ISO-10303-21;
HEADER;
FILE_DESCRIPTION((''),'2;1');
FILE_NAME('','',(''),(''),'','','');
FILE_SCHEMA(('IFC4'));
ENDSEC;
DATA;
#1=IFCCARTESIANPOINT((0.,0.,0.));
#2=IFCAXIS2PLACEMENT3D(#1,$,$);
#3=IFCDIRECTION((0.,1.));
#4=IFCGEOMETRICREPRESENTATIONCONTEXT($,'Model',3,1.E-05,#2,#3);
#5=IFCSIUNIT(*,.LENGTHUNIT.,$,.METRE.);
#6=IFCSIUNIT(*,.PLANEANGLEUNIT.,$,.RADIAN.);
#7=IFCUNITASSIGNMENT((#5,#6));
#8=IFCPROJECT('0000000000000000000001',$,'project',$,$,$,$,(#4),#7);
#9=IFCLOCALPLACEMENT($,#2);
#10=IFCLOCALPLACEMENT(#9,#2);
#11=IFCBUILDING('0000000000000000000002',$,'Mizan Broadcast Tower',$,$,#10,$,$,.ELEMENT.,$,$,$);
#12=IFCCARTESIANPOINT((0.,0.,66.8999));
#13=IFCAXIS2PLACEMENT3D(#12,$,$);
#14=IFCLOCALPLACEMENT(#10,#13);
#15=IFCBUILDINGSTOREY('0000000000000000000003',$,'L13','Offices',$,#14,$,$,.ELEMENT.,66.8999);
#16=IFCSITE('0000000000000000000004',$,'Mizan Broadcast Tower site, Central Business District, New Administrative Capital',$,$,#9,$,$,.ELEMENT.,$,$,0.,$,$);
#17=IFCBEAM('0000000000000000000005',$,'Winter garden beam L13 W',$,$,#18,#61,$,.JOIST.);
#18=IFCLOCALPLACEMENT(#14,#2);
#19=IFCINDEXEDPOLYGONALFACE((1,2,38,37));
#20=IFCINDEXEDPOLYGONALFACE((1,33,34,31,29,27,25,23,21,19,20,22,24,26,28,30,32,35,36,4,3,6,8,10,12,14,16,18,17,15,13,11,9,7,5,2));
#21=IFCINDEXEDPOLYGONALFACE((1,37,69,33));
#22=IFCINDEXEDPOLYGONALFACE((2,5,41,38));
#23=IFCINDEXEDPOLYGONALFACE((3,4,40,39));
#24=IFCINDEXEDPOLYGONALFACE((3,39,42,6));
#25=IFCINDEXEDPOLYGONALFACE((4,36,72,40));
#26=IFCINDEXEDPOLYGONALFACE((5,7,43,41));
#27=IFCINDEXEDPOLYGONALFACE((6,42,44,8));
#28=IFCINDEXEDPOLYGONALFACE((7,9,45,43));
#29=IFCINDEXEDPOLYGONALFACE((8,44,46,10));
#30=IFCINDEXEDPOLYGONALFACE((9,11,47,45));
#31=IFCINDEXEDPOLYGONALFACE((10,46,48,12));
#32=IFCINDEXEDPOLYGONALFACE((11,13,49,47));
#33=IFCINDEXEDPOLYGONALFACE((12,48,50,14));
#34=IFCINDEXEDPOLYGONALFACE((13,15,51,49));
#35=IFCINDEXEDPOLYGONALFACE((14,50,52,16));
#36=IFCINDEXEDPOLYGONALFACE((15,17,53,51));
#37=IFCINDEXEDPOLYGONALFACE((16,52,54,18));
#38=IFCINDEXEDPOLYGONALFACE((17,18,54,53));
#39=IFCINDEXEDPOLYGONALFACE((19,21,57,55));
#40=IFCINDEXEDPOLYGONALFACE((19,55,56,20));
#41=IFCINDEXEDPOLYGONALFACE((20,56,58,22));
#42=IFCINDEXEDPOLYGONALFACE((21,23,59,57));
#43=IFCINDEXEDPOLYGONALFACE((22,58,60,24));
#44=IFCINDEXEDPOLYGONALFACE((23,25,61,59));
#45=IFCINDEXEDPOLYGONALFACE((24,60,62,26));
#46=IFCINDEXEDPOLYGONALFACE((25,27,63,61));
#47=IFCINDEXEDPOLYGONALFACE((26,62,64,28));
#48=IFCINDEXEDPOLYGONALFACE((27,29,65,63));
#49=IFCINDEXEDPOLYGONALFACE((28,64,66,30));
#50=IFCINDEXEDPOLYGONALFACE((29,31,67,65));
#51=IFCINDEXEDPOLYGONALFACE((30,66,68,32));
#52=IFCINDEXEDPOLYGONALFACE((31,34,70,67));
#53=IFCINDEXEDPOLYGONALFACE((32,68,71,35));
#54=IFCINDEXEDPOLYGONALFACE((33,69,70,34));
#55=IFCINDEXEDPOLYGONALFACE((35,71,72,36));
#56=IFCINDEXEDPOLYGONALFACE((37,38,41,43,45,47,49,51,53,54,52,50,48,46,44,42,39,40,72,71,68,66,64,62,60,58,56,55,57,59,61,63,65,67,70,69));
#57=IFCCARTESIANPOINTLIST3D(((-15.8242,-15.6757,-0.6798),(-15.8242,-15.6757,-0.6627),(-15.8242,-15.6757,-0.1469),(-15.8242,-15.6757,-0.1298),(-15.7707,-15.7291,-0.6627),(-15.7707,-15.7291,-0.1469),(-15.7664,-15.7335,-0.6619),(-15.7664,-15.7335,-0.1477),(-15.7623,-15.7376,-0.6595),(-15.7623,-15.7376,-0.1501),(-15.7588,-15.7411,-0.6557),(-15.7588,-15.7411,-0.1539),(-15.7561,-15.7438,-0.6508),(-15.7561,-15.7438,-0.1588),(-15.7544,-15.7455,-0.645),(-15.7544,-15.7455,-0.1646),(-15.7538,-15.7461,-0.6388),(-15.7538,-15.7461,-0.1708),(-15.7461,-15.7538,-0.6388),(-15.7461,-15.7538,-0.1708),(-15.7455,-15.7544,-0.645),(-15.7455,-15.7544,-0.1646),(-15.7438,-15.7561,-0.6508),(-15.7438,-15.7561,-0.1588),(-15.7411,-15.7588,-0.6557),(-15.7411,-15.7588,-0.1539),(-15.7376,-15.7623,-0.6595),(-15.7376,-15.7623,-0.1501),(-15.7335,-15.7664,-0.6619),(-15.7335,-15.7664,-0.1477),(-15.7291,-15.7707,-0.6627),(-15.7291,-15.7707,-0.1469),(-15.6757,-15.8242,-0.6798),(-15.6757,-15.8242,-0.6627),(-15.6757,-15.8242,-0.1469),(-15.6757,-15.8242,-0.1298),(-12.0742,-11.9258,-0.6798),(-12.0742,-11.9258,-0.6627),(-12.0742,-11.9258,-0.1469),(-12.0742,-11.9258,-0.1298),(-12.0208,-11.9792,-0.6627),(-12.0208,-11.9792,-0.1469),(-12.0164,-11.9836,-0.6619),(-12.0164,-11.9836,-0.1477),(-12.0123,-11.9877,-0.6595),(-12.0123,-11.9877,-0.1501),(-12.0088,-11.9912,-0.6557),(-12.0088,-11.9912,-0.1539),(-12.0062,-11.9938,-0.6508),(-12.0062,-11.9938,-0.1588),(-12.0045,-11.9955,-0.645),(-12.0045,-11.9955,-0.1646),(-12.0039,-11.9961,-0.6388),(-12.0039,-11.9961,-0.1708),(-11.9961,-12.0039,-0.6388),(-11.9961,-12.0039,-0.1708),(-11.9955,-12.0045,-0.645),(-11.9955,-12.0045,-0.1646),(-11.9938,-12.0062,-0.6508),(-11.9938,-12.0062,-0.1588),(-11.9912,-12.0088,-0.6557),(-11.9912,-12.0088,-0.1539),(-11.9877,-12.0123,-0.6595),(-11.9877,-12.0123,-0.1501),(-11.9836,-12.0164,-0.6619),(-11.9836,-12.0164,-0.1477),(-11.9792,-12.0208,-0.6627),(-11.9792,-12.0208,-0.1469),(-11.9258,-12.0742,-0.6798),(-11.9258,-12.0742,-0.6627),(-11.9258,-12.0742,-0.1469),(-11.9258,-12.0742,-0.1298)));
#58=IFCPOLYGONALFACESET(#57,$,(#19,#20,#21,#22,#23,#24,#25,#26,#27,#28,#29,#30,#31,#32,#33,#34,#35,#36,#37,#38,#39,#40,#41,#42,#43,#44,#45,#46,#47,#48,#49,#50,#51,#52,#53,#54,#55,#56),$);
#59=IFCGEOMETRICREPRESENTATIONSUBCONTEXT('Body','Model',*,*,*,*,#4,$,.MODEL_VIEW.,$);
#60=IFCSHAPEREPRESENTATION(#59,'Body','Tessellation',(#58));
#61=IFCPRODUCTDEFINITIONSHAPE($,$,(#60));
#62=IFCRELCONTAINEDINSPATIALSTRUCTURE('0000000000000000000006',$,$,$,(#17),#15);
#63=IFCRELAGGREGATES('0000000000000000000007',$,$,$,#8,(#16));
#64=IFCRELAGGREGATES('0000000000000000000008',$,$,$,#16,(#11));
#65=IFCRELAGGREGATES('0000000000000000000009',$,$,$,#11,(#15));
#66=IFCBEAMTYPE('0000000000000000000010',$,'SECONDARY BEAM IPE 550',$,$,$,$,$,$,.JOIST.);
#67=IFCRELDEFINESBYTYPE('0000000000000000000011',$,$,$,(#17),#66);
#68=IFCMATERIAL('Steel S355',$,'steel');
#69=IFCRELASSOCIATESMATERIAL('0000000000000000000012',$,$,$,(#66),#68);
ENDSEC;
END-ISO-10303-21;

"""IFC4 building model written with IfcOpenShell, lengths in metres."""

from ifc_helpers import new_model, si_unit, direction, frame, origin, origin_2d, place, context, subcontext, project, spatial, i_section, extrude, material, material_profile, profile_set, type_object, element, save


model = new_model("IFC4")

# Units and contexts
model_context = context("Model", 3, precision=1e-05, world=origin(), true_north=direction((0.0, 1.0)))
body_context = subcontext(model_context, "Body", "Model", "MODEL_VIEW")
ifc_project = project(units=[si_unit("LENGTHUNIT", "METRE"), si_unit("PLANEANGLEUNIT", "RADIAN")], contexts=[model_context])

# Site, building, storey
site_placement = place(None, origin())
site = spatial("IfcSite", under=ifc_project, at=site_placement, Name="Mizan Broadcast Tower site, Central Business District, New Administrative Capital", CompositionType="ELEMENT", RefElevation=0.0)
building_placement = place(site_placement, origin())
building = spatial("IfcBuilding", under=site, at=building_placement, Name="Mizan Broadcast Tower", CompositionType="ELEMENT")
storey_placement = place(building_placement, frame((0.0, 0.0, 66.8999)))
storey = spatial("IfcBuildingStorey", under=building, at=storey_placement, Name="L13", Description="Offices", CompositionType="ELEMENT", Elevation=66.8999)

# Beam
ifc_material_1 = material(Name="Steel S355", Category="steel")
ifc_material_profile_1 = material_profile(ifc_material_1, i_section(OverallWidth=0.21, OverallDepth=0.55, WebThickness=0.011, FlangeThickness=0.0171, FilletRadius=0.0239, at=origin_2d()), Name="IPE 550")
ifc_profile_set_1 = profile_set([ifc_material_profile_1], Name="Steel S355")
beam_type_1 = type_object("IfcBeamType", Name="SECONDARY BEAM IPE 550", PredefinedType="JOIST", material=ifc_profile_set_1)
beam_1_placement = place(storey_placement, frame((-12.0, -12.0, -0.4048), z_axis=(-0.707107, -0.707107, 0.0), x_axis=(0.707107, -0.707107, 0.0)))
element("IfcBeam", 1, at=beam_1_placement, inside=storey, type_object=beam_type_1, Name="Winter garden beam L13 W", PredefinedType="JOIST", context=body_context, shape_type="SweptSolid", body=[
    extrude(i_section(OverallWidth=0.21, OverallDepth=0.55, WebThickness=0.011, FlangeThickness=0.0171, FilletRadius=0.0239, at=origin_2d()), origin(), (0.0, 0.0, 1.0), 5.3032),
])

save(model, "model.ifc")
